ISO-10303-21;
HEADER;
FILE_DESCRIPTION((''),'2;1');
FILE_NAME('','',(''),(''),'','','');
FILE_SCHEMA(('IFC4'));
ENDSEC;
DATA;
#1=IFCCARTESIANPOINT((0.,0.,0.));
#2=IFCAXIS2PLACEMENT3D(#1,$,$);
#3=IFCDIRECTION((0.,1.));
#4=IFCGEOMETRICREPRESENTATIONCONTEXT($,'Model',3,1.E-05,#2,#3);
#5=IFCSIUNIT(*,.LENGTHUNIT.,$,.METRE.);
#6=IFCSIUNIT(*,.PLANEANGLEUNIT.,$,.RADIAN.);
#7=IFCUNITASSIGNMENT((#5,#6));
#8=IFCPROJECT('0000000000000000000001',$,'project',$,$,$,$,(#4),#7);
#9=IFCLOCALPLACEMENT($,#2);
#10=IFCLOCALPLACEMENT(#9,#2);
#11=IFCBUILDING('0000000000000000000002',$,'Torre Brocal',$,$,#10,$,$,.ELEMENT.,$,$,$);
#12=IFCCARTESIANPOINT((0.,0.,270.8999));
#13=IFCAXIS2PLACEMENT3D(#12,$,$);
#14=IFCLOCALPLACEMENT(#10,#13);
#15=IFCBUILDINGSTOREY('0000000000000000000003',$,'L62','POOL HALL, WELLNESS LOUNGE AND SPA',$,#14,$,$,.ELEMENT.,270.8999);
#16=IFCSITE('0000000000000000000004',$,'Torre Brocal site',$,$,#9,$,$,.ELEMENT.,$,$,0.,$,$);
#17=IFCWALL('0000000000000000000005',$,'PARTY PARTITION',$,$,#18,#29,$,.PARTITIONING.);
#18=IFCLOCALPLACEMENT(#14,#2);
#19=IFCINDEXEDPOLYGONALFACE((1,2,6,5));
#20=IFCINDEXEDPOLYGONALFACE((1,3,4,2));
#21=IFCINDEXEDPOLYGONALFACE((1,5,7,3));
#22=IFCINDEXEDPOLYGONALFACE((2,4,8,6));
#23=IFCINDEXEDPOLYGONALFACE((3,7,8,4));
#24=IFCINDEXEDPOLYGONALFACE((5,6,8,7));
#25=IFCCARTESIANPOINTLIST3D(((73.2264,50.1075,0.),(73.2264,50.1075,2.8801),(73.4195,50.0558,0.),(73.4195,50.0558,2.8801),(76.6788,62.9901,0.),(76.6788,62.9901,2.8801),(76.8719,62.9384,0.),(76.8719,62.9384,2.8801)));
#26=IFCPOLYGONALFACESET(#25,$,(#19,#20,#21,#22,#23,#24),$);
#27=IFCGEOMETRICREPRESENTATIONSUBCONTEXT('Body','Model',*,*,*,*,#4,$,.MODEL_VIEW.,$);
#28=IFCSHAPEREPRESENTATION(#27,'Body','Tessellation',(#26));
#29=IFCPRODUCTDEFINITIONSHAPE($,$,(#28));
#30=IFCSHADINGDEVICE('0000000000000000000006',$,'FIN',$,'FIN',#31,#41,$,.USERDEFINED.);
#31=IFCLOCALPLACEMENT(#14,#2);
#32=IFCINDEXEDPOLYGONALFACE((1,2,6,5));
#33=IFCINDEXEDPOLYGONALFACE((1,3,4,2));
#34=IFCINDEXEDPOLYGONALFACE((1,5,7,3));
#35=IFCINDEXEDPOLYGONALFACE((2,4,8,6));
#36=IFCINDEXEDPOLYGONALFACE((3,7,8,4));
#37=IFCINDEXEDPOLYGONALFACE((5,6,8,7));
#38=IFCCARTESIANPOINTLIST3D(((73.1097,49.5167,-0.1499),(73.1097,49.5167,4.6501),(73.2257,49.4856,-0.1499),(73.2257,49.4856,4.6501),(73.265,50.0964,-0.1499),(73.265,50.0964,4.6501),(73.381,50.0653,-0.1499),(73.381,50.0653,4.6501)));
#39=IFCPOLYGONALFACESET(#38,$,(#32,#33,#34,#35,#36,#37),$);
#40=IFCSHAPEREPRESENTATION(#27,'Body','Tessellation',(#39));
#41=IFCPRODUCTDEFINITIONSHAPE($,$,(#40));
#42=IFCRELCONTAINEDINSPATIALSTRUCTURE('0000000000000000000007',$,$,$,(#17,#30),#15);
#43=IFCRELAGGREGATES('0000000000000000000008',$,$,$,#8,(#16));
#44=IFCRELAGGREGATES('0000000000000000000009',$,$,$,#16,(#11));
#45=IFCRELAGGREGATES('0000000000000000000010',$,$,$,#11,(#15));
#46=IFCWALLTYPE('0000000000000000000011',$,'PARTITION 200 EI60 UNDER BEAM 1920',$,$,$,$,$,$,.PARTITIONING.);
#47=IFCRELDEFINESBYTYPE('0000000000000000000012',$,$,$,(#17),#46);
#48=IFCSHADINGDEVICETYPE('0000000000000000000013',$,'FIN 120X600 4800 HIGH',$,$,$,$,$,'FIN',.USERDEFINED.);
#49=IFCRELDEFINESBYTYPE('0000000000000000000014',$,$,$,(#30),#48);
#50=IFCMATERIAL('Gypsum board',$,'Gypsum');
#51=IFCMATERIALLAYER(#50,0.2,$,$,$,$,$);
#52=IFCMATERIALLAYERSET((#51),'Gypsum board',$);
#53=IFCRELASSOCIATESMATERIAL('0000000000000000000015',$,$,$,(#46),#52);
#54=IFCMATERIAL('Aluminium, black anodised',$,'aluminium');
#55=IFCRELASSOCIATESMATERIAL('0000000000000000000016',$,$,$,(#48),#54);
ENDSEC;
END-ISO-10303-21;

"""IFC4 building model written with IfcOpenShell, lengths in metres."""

from ifc_helpers import new_model, si_unit, direction, frame, frame_2d, origin, origin_2d, place, context, subcontext, project, spatial, rectangle, extrude, material, layer, layer_set, material_profile, profile_set, type_object, element, save


model = new_model("IFC4")

# Units and contexts
model_context = context("Model", 3, precision=1e-05, world=origin(), true_north=direction((0.0, 1.0)))
body_context = subcontext(model_context, "Body", "Model", "MODEL_VIEW")
ifc_project = project(units=[si_unit("LENGTHUNIT", "METRE"), si_unit("PLANEANGLEUNIT", "RADIAN")], contexts=[model_context])

# Site, building, storey
site_placement = place(None, origin())
site = spatial("IfcSite", under=ifc_project, at=site_placement, Name="Torre Brocal site", CompositionType="ELEMENT", RefElevation=0.0)
building_placement = place(site_placement, origin())
building = spatial("IfcBuilding", under=site, at=building_placement, Name="Torre Brocal", CompositionType="ELEMENT")
storey_placement = place(building_placement, frame((0.0, 0.0, 270.8999)))
storey = spatial("IfcBuildingStorey", under=building, at=storey_placement, Name="L62", Description="POOL HALL, WELLNESS LOUNGE AND SPA", CompositionType="ELEMENT", Elevation=270.8999)

# Wall
ifc_material_1 = material(Name="Gypsum board", Category="Gypsum")
ifc_layer_1 = layer(ifc_material_1, 0.2)
ifc_layer_set_1 = layer_set([ifc_layer_1], Name="Gypsum board")
wall_type_1 = type_object("IfcWallType", Name="PARTITION 200 EI60 UNDER BEAM 1920", PredefinedType="PARTITIONING", material=ifc_layer_set_1)
wall_1_placement = place(storey_placement, frame((73.323, 50.0818, 0.0), z_axis=(0.0, 0.0, 1.0), x_axis=(0.258855, 0.965916, 0.0)))
element("IfcWall", 1, at=wall_1_placement, inside=storey, type_object=wall_type_1, Name="PARTY PARTITION", PredefinedType="PARTITIONING", context=body_context, shape_type="SweptSolid", body=[
    extrude(rectangle(XDim=13.3372, YDim=0.2, at=frame_2d((6.6685, 0.0))), origin(), (0.0, 0.0, 1.0), 2.8801),
])

# Shading device
ifc_material_2 = material(Name="Aluminium, black anodised", Category="aluminium")
ifc_material_profile_1 = material_profile(ifc_material_2, rectangle(XDim=0.1201, YDim=0.6001, at=origin_2d()), Name="FIN 120X600 4800 HIGH")
ifc_profile_set_1 = profile_set([ifc_material_profile_1], Name="Aluminium, black anodised")
shading_device_type = type_object("IfcShadingDeviceType", Name="FIN 120X600 4800 HIGH", ElementType="FIN", PredefinedType="USERDEFINED", material=ifc_profile_set_1)
shading_device_placement = place(storey_placement, frame((73.2454, 49.791, -0.1499), z_axis=(0.0, 0.0, 1.0), x_axis=(0.965926, -0.258819, 0.0)))
element("IfcShadingDevice", 2, at=shading_device_placement, inside=storey, type_object=shading_device_type, Name="FIN", ObjectType="FIN", PredefinedType="USERDEFINED", context=body_context, shape_type="SweptSolid", body=[
    extrude(rectangle(XDim=0.1201, YDim=0.6001, at=origin_2d()), origin(), (0.0, 0.0, 1.0), 4.8),
])

save(model, "model.ifc")
